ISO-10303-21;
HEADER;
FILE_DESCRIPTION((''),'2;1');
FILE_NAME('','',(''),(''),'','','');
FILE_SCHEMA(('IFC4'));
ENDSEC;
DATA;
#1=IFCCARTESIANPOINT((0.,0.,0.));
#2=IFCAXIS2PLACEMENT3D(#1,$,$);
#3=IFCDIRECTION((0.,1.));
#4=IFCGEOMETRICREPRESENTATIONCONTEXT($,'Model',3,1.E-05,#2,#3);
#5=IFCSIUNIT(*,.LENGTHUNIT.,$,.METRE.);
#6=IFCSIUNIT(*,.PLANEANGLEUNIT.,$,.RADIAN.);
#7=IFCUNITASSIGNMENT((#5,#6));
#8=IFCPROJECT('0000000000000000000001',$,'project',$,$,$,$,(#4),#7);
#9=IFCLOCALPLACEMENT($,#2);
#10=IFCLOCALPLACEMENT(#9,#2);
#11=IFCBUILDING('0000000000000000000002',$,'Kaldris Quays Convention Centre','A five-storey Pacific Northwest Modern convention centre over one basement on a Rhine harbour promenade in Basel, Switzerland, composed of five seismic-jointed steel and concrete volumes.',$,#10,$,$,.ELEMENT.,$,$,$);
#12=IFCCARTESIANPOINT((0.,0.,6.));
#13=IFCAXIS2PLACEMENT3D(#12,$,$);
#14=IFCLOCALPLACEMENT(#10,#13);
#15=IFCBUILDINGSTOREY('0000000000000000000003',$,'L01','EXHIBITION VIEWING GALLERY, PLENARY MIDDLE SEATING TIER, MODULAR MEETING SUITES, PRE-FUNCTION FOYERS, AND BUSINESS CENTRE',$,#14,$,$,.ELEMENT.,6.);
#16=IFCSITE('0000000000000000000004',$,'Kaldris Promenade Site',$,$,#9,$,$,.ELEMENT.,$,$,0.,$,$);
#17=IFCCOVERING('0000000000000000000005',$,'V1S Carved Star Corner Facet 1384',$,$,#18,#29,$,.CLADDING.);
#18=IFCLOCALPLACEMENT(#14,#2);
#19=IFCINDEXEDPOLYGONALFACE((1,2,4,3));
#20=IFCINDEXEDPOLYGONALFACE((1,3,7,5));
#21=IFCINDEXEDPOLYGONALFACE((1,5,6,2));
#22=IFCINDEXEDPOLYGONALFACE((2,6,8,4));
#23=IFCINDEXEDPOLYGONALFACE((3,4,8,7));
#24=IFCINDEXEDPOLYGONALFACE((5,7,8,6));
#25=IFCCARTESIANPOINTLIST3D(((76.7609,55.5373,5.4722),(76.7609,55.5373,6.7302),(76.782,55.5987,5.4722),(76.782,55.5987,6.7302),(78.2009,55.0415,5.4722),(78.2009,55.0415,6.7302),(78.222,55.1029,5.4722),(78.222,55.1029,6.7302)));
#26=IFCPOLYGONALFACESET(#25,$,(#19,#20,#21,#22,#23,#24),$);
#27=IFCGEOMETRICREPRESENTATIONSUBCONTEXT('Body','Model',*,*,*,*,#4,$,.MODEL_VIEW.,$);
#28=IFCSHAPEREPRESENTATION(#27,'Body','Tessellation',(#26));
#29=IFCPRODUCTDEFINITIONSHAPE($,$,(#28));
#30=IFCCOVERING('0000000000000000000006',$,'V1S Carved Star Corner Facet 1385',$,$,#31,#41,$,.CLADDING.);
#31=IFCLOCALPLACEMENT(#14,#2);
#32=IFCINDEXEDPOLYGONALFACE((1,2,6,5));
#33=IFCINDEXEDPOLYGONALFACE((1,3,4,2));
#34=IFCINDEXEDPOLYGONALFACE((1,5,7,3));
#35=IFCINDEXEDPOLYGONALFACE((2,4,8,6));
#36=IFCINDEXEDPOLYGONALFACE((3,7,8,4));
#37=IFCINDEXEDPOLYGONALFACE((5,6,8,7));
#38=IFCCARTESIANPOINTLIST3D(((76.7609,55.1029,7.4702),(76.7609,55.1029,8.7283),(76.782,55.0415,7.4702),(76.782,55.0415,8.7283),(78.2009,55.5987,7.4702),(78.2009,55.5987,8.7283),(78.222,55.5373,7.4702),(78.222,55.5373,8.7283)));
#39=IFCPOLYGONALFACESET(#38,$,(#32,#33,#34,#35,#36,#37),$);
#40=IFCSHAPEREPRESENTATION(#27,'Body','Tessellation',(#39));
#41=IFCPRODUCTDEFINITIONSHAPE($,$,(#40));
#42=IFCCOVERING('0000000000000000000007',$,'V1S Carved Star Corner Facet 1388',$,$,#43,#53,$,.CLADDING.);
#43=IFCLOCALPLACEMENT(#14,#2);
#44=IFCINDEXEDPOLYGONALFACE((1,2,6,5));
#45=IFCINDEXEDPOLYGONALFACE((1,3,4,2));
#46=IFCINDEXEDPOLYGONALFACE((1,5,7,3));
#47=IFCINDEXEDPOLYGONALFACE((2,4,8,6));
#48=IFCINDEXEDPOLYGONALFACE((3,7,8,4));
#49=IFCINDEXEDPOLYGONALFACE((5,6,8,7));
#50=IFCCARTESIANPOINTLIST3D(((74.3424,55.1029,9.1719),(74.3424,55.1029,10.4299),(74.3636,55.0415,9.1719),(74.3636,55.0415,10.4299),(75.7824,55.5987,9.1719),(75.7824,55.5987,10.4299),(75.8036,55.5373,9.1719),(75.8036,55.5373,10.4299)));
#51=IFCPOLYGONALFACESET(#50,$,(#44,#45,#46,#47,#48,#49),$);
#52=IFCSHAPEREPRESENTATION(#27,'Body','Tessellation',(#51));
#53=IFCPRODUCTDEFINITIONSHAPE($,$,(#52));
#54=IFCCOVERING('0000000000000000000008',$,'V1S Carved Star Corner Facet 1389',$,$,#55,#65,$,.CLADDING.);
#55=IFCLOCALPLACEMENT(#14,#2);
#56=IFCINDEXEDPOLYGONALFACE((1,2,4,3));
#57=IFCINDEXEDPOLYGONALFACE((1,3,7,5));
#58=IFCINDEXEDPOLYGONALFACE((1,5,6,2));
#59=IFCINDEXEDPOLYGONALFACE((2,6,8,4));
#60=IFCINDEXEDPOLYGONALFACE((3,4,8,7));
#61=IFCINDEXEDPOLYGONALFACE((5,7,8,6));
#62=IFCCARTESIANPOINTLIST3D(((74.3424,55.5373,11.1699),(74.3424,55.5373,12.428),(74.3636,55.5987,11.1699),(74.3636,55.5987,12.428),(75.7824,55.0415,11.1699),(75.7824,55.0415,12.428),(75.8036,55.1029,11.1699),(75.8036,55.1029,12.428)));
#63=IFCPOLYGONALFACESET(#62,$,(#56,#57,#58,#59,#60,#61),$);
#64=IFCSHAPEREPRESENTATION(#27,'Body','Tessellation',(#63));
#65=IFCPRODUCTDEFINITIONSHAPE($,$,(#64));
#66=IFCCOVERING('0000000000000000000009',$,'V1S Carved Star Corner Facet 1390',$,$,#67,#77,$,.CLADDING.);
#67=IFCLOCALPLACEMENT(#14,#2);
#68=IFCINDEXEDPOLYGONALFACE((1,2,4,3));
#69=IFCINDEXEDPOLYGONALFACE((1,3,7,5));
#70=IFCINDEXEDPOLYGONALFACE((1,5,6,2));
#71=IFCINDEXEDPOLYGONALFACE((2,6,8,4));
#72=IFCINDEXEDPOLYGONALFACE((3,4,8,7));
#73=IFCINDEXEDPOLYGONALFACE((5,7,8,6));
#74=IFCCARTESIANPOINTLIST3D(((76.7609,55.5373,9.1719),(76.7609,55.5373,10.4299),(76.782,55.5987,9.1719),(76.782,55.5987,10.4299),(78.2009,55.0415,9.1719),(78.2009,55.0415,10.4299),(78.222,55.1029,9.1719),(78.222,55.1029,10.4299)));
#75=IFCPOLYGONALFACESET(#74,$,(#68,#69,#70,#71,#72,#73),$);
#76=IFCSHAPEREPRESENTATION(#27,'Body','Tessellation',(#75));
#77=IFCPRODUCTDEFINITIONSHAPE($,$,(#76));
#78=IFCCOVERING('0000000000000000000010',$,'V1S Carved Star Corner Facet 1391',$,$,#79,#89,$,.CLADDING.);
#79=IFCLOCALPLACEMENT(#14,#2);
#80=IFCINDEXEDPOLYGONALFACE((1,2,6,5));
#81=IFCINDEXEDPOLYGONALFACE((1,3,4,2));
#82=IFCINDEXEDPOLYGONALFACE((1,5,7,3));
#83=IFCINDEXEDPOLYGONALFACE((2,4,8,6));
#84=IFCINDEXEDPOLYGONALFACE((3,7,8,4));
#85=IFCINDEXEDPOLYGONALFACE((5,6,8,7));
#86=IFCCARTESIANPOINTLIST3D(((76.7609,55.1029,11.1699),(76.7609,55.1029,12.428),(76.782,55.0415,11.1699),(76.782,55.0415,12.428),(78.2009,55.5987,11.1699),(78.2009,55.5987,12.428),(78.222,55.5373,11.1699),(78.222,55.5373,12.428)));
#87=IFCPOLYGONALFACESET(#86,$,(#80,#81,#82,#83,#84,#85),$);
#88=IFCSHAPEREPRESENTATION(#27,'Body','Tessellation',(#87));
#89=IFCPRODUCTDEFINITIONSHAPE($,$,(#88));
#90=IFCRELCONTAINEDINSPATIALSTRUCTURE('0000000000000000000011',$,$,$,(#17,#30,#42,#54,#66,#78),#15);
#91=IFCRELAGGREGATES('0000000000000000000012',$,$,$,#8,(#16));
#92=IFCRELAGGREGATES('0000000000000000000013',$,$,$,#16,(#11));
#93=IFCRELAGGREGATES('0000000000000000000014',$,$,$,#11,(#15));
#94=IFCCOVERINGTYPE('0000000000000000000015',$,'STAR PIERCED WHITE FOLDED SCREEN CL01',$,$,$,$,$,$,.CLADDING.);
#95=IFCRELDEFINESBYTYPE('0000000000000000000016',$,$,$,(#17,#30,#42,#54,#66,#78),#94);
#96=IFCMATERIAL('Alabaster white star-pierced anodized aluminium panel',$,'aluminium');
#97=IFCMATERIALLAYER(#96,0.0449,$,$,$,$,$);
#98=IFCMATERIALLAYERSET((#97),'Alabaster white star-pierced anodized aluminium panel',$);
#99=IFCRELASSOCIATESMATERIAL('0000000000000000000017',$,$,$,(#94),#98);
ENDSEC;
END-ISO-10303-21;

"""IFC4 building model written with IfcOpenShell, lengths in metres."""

from ifc_helpers import new_model, si_unit, direction, frame, origin, origin_2d, place, context, subcontext, project, spatial, rectangle, extrude, material, layer, layer_set, type_object, element, save


model = new_model("IFC4")

# Units and contexts
model_context = context("Model", 3, precision=1e-05, world=origin(), true_north=direction((0.0, 1.0)))
body_context = subcontext(model_context, "Body", "Model", "MODEL_VIEW")
ifc_project = project(units=[si_unit("LENGTHUNIT", "METRE"), si_unit("PLANEANGLEUNIT", "RADIAN")], contexts=[model_context])

# Site, building, storey
site_placement = place(None, origin())
site = spatial("IfcSite", under=ifc_project, at=site_placement, Name="Kaldris Promenade Site", CompositionType="ELEMENT", RefElevation=0.0)
building_placement = place(site_placement, origin())
building = spatial("IfcBuilding", under=site, at=building_placement, Name="Kaldris Quays Convention Centre", Description="A five-storey Pacific Northwest Modern convention centre over one basement on a Rhine harbour promenade in Basel, Switzerland, composed of five seismic-jointed steel and concrete volumes.", CompositionType="ELEMENT")
storey_placement = place(building_placement, frame((0.0, 0.0, 6.0)))
storey = spatial("IfcBuildingStorey", under=building, at=storey_placement, Name="L01", Description="EXHIBITION VIEWING GALLERY, PLENARY MIDDLE SEATING TIER, MODULAR MEETING SUITES, PRE-FUNCTION FOYERS, AND BUSINESS CENTRE", CompositionType="ELEMENT", Elevation=6.0)

# Coverings
ifc_material_1 = material(Name="Alabaster white star-pierced anodized aluminium panel", Category="aluminium")
ifc_layer = layer(ifc_material_1, 0.0449)
ifc_layer_set = layer_set([ifc_layer], Name="Alabaster white star-pierced anodized aluminium panel")
covering_type = type_object("IfcCoveringType", Name="STAR PIERCED WHITE FOLDED SCREEN CL01", PredefinedType="CLADDING", material=ifc_layer_set)
for number, where, z_axis, x_axis, name in (
    (1, (77.4915, 55.3201, 5.4722), (0.0, 0.0, 1.0), (0.945519, -0.325568, 0.0), "V1S Carved Star Corner Facet 1384"),
    (2, (77.4915, 55.3201, 7.4702), (0.0, 0.0, 1.0), (0.945519, 0.325568, 0.0), "V1S Carved Star Corner Facet 1385"),
    (3, (75.073, 55.3201, 9.1719), (0.0, 0.0, 1.0), (0.945519, 0.325568, 0.0), "V1S Carved Star Corner Facet 1388"),
    (4, (75.073, 55.3201, 11.1699), (0.0, 0.0, 1.0), (0.945519, -0.325568, 0.0), "V1S Carved Star Corner Facet 1389"),
    (5, (77.4915, 55.3201, 9.1719), (0.0, 0.0, 1.0), (0.945519, -0.325568, 0.0), "V1S Carved Star Corner Facet 1390"),
    (6, (77.4915, 55.3201, 11.1699), (0.0, 0.0, 1.0), (0.945519, 0.325568, 0.0), "V1S Carved Star Corner Facet 1391"),
):
    element("IfcCovering", number, at=place(storey_placement, frame(where, z_axis=z_axis, x_axis=x_axis)), inside=storey, type_object=covering_type, Name=name, PredefinedType="CLADDING", context=body_context, shape_type="SweptSolid", body=[
        extrude(rectangle(XDim=1.5229, YDim=0.0649, at=origin_2d()), origin(), (0.0, 0.0, 1.0), 1.2581),
    ])

save(model, "model.ifc")
